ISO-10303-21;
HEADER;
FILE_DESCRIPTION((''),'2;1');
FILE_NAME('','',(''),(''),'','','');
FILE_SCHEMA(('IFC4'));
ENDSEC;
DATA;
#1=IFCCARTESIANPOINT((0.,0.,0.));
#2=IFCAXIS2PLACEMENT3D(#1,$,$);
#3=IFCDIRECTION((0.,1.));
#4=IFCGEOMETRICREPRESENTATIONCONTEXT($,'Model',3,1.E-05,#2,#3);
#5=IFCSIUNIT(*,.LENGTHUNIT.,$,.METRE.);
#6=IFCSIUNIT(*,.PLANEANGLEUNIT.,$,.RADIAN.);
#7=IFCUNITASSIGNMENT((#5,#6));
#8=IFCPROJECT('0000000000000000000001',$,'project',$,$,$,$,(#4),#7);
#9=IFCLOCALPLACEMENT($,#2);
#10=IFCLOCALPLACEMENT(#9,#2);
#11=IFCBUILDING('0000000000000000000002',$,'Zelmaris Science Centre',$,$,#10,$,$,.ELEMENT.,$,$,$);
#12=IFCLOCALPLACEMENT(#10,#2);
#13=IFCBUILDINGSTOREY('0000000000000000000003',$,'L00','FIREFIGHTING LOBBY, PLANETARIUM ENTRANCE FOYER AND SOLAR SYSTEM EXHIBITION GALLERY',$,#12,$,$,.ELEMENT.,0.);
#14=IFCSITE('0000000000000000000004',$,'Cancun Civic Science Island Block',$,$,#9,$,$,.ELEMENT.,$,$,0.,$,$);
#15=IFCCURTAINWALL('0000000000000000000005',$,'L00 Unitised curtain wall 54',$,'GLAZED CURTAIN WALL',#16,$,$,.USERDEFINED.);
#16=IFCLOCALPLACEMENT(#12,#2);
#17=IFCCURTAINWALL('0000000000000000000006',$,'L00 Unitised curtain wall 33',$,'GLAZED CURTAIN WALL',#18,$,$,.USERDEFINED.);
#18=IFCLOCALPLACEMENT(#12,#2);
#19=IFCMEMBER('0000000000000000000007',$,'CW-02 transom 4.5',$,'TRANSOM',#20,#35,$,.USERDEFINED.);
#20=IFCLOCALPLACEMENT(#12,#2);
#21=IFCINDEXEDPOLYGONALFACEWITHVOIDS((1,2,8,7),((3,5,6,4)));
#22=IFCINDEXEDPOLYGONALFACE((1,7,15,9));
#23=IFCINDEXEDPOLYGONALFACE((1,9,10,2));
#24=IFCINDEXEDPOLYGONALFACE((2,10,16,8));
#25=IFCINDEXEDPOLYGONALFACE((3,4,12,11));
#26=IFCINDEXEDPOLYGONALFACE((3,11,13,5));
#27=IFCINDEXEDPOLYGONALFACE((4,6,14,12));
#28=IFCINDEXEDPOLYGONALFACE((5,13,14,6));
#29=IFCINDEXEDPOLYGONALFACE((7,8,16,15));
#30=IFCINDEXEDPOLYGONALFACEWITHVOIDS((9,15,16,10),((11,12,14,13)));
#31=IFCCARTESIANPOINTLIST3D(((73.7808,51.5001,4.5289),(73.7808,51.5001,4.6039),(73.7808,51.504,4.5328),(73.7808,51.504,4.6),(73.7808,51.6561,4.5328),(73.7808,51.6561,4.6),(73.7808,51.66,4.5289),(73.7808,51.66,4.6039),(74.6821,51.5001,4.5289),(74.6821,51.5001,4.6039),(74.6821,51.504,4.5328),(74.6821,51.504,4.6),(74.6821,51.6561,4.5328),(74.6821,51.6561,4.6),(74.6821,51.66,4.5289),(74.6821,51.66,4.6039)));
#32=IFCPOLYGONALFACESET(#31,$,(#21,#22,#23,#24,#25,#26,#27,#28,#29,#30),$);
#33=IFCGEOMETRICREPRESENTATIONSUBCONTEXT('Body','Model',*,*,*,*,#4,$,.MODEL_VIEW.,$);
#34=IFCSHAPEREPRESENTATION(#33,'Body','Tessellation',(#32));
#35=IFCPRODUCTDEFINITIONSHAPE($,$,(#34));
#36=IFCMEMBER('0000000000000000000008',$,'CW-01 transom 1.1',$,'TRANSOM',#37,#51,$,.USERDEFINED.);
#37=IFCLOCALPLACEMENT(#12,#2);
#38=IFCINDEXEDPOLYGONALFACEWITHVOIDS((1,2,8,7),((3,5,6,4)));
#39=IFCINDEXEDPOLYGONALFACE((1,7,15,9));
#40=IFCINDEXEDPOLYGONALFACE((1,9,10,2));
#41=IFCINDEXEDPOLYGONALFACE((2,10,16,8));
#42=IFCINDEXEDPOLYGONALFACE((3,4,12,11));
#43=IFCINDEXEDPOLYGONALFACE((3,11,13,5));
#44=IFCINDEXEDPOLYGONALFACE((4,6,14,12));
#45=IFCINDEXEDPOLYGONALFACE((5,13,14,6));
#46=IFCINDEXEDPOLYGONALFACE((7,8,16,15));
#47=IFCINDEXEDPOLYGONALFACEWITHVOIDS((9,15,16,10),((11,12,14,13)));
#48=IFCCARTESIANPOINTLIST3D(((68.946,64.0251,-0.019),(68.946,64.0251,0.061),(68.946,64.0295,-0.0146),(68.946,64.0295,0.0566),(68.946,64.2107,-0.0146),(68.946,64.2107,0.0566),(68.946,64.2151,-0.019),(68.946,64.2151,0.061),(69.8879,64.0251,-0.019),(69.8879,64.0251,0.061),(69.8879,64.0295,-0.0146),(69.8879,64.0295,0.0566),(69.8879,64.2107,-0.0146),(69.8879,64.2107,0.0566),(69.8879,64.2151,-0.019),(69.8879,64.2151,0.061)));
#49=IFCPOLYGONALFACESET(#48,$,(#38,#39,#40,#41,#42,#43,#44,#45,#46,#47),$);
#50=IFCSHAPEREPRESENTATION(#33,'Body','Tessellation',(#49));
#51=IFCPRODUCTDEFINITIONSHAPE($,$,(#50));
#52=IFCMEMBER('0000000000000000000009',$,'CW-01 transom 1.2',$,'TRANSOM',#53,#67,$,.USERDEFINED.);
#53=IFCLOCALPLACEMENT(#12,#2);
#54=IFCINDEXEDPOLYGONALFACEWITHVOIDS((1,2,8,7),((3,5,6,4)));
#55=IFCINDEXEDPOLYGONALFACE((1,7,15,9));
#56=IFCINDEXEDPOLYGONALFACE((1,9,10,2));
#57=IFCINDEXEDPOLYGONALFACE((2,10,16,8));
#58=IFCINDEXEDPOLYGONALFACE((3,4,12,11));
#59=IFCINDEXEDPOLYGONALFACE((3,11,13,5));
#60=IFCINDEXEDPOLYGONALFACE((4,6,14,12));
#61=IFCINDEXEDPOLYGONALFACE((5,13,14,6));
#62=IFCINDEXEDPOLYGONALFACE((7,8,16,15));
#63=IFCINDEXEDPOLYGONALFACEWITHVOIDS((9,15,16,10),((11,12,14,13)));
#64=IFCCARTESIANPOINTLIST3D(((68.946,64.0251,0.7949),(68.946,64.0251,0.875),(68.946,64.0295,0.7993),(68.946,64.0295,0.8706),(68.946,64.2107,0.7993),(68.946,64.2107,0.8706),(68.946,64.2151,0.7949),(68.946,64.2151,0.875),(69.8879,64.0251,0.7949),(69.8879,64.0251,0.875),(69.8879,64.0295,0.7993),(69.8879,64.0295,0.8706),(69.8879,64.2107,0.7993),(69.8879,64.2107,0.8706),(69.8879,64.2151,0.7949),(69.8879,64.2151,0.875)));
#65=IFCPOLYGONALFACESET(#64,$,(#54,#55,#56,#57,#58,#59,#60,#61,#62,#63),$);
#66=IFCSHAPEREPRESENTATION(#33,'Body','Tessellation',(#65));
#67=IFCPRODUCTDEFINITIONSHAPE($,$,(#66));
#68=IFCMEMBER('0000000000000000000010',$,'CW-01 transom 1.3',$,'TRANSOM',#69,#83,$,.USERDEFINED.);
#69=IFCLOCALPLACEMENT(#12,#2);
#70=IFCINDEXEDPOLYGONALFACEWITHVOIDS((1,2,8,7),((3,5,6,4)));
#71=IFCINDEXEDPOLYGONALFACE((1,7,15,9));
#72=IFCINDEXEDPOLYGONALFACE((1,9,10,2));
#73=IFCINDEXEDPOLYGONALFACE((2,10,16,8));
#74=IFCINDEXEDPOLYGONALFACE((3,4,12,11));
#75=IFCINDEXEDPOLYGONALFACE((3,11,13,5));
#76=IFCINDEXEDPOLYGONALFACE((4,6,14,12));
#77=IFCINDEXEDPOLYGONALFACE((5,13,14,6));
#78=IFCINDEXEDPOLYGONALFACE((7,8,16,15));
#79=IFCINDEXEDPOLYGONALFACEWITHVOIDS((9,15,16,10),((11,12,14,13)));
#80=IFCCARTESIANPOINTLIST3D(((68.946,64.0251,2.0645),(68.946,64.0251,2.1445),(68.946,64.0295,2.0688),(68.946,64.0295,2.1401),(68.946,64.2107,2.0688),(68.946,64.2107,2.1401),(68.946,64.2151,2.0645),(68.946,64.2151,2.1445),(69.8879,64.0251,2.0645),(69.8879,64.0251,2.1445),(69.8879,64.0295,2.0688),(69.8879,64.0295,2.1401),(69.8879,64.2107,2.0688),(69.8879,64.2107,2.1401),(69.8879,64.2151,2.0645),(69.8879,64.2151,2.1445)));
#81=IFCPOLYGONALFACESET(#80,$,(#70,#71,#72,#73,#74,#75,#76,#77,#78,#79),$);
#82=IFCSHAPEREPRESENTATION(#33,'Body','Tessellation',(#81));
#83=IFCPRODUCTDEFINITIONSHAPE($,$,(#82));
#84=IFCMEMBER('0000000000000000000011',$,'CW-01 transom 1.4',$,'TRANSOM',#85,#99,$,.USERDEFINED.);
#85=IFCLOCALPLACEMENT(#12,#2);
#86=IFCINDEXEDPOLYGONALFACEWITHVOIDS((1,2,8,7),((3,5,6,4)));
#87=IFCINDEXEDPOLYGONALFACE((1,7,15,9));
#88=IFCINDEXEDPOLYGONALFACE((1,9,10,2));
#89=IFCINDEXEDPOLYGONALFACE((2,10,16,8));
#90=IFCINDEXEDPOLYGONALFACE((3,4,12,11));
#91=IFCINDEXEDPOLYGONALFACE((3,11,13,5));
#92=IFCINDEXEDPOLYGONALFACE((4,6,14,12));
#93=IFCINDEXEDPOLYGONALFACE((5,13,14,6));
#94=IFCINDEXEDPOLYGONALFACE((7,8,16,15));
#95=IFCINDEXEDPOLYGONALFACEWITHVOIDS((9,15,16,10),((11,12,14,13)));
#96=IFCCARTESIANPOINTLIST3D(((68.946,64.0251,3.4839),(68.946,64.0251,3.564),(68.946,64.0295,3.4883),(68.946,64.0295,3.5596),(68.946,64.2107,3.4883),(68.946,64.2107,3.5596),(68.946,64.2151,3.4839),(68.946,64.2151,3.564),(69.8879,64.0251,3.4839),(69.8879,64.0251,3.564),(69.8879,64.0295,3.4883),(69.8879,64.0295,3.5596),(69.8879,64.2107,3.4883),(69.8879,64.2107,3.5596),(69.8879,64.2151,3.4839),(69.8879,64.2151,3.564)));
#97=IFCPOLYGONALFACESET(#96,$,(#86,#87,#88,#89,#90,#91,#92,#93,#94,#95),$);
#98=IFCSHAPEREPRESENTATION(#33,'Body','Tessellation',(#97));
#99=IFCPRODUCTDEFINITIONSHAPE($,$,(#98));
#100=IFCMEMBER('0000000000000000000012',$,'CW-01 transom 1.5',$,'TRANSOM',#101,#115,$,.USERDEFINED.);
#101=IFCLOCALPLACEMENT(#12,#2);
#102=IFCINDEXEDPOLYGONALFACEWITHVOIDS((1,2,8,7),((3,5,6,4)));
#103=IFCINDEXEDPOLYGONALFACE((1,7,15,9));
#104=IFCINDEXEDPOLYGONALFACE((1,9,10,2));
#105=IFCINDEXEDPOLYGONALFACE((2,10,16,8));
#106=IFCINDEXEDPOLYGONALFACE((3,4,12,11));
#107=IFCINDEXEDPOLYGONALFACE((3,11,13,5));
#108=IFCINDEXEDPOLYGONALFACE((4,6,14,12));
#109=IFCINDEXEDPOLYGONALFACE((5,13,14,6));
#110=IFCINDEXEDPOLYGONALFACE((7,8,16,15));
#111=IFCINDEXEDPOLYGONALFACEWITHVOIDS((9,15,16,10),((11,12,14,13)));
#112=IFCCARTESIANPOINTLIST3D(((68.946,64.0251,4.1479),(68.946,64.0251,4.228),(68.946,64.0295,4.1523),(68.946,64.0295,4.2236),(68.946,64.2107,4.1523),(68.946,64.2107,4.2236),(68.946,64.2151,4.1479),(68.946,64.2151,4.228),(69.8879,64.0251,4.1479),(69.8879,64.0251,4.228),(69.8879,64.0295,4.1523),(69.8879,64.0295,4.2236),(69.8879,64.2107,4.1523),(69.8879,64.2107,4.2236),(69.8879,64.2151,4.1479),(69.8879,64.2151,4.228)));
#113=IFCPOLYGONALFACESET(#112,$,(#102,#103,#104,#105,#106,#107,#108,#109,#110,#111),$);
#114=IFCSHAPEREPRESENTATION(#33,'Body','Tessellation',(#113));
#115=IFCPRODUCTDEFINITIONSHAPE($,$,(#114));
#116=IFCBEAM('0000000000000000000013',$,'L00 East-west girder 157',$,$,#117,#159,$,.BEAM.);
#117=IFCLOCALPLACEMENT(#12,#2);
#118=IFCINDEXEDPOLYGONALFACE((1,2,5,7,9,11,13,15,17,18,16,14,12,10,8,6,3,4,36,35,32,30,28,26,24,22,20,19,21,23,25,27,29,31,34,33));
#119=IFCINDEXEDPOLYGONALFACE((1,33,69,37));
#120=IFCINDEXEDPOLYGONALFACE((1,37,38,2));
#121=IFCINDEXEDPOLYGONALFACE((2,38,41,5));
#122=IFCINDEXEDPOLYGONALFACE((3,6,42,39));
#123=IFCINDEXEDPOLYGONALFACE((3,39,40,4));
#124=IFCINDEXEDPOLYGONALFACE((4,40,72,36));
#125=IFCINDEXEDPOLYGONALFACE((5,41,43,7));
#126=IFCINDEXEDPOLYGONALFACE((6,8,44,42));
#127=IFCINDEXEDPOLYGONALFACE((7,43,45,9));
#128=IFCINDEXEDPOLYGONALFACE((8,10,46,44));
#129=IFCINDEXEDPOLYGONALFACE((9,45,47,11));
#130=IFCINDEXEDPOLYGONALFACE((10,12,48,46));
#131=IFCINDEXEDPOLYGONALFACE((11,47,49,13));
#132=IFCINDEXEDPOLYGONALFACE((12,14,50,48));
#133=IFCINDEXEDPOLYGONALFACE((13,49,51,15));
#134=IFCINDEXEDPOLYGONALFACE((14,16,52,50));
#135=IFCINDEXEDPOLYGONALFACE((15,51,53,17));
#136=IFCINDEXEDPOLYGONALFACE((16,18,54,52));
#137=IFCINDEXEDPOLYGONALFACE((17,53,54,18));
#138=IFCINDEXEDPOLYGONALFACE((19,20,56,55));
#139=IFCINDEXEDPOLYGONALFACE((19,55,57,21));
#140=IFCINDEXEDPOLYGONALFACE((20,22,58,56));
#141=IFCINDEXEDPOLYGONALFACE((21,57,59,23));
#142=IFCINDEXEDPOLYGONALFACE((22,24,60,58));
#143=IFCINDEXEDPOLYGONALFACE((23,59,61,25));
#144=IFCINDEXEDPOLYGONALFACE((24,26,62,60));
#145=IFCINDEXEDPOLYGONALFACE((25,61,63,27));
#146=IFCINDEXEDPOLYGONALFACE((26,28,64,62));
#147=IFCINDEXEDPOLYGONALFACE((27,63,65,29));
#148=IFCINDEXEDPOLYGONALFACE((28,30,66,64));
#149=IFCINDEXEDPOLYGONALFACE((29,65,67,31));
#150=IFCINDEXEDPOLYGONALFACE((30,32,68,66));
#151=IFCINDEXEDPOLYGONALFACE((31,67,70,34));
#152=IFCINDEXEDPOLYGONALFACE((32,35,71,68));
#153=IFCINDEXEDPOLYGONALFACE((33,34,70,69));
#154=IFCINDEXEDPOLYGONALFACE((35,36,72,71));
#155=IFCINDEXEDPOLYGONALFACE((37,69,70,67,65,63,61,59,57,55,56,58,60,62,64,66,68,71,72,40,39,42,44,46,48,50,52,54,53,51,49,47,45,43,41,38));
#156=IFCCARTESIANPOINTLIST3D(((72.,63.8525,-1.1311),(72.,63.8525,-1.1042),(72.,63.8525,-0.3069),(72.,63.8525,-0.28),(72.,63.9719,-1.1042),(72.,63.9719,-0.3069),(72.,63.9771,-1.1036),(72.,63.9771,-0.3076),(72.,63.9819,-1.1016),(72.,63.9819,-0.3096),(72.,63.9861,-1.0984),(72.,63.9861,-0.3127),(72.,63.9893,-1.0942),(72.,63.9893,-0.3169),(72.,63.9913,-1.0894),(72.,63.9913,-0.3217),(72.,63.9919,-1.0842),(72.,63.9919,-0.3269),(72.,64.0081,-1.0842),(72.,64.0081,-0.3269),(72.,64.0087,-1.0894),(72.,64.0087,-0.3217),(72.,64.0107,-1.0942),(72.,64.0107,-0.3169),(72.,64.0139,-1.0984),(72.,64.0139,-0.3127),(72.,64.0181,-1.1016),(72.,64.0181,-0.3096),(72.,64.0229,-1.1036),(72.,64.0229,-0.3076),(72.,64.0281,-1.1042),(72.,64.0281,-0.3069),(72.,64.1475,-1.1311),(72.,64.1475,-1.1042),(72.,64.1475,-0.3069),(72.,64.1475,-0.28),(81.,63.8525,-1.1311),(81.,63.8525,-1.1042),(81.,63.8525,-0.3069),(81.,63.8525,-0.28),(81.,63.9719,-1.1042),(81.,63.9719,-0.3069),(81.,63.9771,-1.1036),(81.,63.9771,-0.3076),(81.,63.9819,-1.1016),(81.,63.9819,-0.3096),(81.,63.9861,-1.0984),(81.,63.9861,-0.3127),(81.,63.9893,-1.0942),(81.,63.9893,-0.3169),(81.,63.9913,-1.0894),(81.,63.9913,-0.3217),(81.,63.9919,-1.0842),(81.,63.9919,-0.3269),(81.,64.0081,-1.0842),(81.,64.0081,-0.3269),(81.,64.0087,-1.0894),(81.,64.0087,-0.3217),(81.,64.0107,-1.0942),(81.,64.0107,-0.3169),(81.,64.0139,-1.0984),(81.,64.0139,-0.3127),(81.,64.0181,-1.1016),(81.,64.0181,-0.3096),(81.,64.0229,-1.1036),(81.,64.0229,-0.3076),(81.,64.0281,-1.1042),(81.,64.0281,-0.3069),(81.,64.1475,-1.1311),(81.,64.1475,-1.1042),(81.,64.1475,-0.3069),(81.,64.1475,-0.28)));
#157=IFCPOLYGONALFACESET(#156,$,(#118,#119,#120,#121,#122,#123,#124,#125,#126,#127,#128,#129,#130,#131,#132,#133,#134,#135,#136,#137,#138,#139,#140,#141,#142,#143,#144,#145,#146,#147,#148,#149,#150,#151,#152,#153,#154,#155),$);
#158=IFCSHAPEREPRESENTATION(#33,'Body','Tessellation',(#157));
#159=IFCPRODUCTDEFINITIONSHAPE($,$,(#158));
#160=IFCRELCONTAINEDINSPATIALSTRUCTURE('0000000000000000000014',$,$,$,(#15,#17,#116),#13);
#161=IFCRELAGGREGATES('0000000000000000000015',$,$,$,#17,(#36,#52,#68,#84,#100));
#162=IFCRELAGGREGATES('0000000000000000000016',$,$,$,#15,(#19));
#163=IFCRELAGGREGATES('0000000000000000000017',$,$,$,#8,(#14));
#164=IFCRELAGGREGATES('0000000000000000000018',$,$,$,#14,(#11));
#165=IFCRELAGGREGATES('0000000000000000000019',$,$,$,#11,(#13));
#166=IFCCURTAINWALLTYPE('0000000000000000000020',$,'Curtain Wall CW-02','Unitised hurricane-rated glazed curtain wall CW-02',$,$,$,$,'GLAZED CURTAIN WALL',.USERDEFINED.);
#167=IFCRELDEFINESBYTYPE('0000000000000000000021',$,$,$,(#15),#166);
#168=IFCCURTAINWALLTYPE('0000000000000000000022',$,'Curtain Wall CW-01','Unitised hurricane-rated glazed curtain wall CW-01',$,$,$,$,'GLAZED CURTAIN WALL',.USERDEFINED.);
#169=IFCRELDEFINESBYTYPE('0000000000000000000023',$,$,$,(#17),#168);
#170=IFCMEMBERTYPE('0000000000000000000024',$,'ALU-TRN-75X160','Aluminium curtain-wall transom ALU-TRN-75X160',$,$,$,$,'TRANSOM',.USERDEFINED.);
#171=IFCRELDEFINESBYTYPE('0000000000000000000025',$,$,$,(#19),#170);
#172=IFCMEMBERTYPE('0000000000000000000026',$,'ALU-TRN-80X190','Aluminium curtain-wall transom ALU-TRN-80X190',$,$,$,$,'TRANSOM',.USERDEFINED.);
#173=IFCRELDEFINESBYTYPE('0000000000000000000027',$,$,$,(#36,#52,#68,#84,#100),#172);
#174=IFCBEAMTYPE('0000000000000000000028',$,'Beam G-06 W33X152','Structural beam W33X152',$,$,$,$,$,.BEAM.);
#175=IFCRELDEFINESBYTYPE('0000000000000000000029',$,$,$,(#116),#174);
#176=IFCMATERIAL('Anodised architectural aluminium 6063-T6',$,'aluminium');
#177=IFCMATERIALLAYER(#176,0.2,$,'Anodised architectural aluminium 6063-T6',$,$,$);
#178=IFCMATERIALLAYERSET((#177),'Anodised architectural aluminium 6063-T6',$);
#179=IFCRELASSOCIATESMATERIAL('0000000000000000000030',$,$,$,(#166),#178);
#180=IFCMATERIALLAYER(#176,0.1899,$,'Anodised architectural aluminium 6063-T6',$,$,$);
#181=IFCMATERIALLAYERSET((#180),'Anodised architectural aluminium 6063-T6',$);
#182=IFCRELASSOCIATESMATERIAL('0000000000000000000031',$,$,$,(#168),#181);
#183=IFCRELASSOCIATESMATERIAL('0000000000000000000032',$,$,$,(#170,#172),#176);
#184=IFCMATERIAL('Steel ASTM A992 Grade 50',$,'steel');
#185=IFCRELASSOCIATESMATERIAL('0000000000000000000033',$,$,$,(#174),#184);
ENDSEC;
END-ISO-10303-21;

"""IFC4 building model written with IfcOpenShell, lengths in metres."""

from ifc_helpers import new_model, si_unit, direction, frame, origin, origin_2d, place, context, subcontext, project, spatial, hollow_rectangle, i_section, extrude, material, layer, layer_set, material_profile, profile_set, type_object, element, aggregate, save


model = new_model("IFC4")

# Units and contexts
model_context = context("Model", 3, precision=1e-05, world=origin(), true_north=direction((0.0, 1.0)))
body_context = subcontext(model_context, "Body", "Model", "MODEL_VIEW")
ifc_project = project(units=[si_unit("LENGTHUNIT", "METRE"), si_unit("PLANEANGLEUNIT", "RADIAN")], contexts=[model_context])

# Site, building, storey
site_placement = place(None, origin())
site = spatial("IfcSite", under=ifc_project, at=site_placement, Name="Cancun Civic Science Island Block", CompositionType="ELEMENT", RefElevation=0.0)
building_placement = place(site_placement, origin())
building = spatial("IfcBuilding", under=site, at=building_placement, Name="Zelmaris Science Centre", CompositionType="ELEMENT")
storey_placement = place(building_placement, origin())
storey = spatial("IfcBuildingStorey", under=building, at=storey_placement, Name="L00", Description="FIREFIGHTING LOBBY, PLANETARIUM ENTRANCE FOYER AND SOLAR SYSTEM EXHIBITION GALLERY", CompositionType="ELEMENT", Elevation=0.0)

# Shared definitions
ifc_material_1 = material(Name="Steel ASTM A992 Grade 50", Category="steel")

# Shared definitions
ifc_material_2 = material(Name="Anodised architectural aluminium 6063-T6", Category="aluminium")

# Curtain wall
ifc_layer_1 = layer(ifc_material_2, 0.2, Name="Anodised architectural aluminium 6063-T6")
ifc_layer_set_1 = layer_set([ifc_layer_1], Name="Anodised architectural aluminium 6063-T6")
curtain_wall_type_1 = type_object("IfcCurtainWallType", Name="Curtain Wall CW-02", Description="Unitised hurricane-rated glazed curtain wall CW-02", ElementType="GLAZED CURTAIN WALL", PredefinedType="USERDEFINED", material=ifc_layer_set_1)
curtain_wall_1_placement = place(storey_placement, origin())
curtain_wall_1 = element("IfcCurtainWall", 1, at=curtain_wall_1_placement, inside=storey, type_object=curtain_wall_type_1, Name="L00 Unitised curtain wall 54", ObjectType="GLAZED CURTAIN WALL", PredefinedType="USERDEFINED")

# Curtain wall
ifc_layer_2 = layer(ifc_material_2, 0.1899, Name="Anodised architectural aluminium 6063-T6")
ifc_layer_set_2 = layer_set([ifc_layer_2], Name="Anodised architectural aluminium 6063-T6")
curtain_wall_type_2 = type_object("IfcCurtainWallType", Name="Curtain Wall CW-01", Description="Unitised hurricane-rated glazed curtain wall CW-01", ElementType="GLAZED CURTAIN WALL", PredefinedType="USERDEFINED", material=ifc_layer_set_2)
curtain_wall_2_placement = place(storey_placement, origin())
curtain_wall_2 = element("IfcCurtainWall", 2, at=curtain_wall_2_placement, inside=storey, type_object=curtain_wall_type_2, Name="L00 Unitised curtain wall 33", ObjectType="GLAZED CURTAIN WALL", PredefinedType="USERDEFINED")

# Members
ifc_material_profile_1 = material_profile(ifc_material_2, hollow_rectangle(XDim=0.075, YDim=0.1599, WallThickness=0.0039, at=origin_2d()), Name="ALU-TRN-75X160")
ifc_profile_set_1 = profile_set([ifc_material_profile_1], Name="Anodised architectural aluminium 6063-T6")
member_type_1 = type_object("IfcMemberType", Name="ALU-TRN-75X160", Description="Aluminium curtain-wall transom ALU-TRN-75X160", ElementType="TRANSOM", PredefinedType="USERDEFINED", material=ifc_profile_set_1)
member_1_placement = place(storey_placement, frame((73.7808, 51.5801, 4.5664), z_axis=(1.0, 0.0, 0.0), x_axis=(0.0, 0.0, 1.0)))
member_1 = element("IfcMember", 3, at=member_1_placement, type_object=member_type_1, Name="CW-02 transom 4.5", ObjectType="TRANSOM", PredefinedType="USERDEFINED", context=body_context, shape_type="SweptSolid", body=[
    extrude(hollow_rectangle(XDim=0.075, YDim=0.1599, WallThickness=0.0039, at=origin_2d()), origin(), (0.0, 0.0, 1.0), 0.9014),
])
ifc_material_profile_2 = material_profile(ifc_material_2, hollow_rectangle(XDim=0.0801, YDim=0.1899, WallThickness=0.0044, at=origin_2d()), Name="ALU-TRN-80X190")
ifc_profile_set_2 = profile_set([ifc_material_profile_2], Name="Anodised architectural aluminium 6063-T6")
member_type_2 = type_object("IfcMemberType", Name="ALU-TRN-80X190", Description="Aluminium curtain-wall transom ALU-TRN-80X190", ElementType="TRANSOM", PredefinedType="USERDEFINED", material=ifc_profile_set_2)
member_2_placement = place(storey_placement, frame((69.8879, 64.1201, 0.021), z_axis=(-1.0, 0.0, 0.0), x_axis=(0.0, 0.0, 1.0)))
member_2 = element("IfcMember", 4, at=member_2_placement, type_object=member_type_2, Name="CW-01 transom 1.1", ObjectType="TRANSOM", PredefinedType="USERDEFINED", context=body_context, shape_type="SweptSolid", body=[
    extrude(hollow_rectangle(XDim=0.0801, YDim=0.1899, WallThickness=0.0044, at=origin_2d()), origin(), (0.0, 0.0, 1.0), 0.9419),
])
member_3_placement = place(storey_placement, frame((69.8879, 64.1201, 0.835), z_axis=(-1.0, 0.0, 0.0), x_axis=(0.0, 0.0, 1.0)))
member_3 = element("IfcMember", 5, at=member_3_placement, type_object=member_type_2, Name="CW-01 transom 1.2", ObjectType="TRANSOM", PredefinedType="USERDEFINED", context=body_context, shape_type="SweptSolid", body=[
    extrude(hollow_rectangle(XDim=0.0801, YDim=0.1899, WallThickness=0.0044, at=origin_2d()), origin(), (0.0, 0.0, 1.0), 0.9419),
])
member_4_placement = place(storey_placement, frame((69.8879, 64.1201, 2.1045), z_axis=(-1.0, 0.0, 0.0), x_axis=(0.0, 0.0, 1.0)))
member_4 = element("IfcMember", 6, at=member_4_placement, type_object=member_type_2, Name="CW-01 transom 1.3", ObjectType="TRANSOM", PredefinedType="USERDEFINED", context=body_context, shape_type="SweptSolid", body=[
    extrude(hollow_rectangle(XDim=0.0801, YDim=0.1899, WallThickness=0.0044, at=origin_2d()), origin(), (0.0, 0.0, 1.0), 0.9419),
])
member_5_placement = place(storey_placement, frame((69.8879, 64.1201, 3.5239), z_axis=(-1.0, 0.0, 0.0), x_axis=(0.0, 0.0, 1.0)))
member_5 = element("IfcMember", 7, at=member_5_placement, type_object=member_type_2, Name="CW-01 transom 1.4", ObjectType="TRANSOM", PredefinedType="USERDEFINED", context=body_context, shape_type="SweptSolid", body=[
    extrude(hollow_rectangle(XDim=0.0801, YDim=0.1899, WallThickness=0.0044, at=origin_2d()), origin(), (0.0, 0.0, 1.0), 0.9419),
])
member_6_placement = place(storey_placement, frame((69.8879, 64.1201, 4.188), z_axis=(-1.0, 0.0, 0.0), x_axis=(0.0, 0.0, 1.0)))
member_6 = element("IfcMember", 8, at=member_6_placement, type_object=member_type_2, Name="CW-01 transom 1.5", ObjectType="TRANSOM", PredefinedType="USERDEFINED", context=body_context, shape_type="SweptSolid", body=[
    extrude(hollow_rectangle(XDim=0.0801, YDim=0.1899, WallThickness=0.0044, at=origin_2d()), origin(), (0.0, 0.0, 1.0), 0.9419),
])

# Beam
ifc_material_profile_3 = material_profile(ifc_material_1, i_section(OverallWidth=0.2949, OverallDepth=0.8511, WebThickness=0.0161, FlangeThickness=0.0269, FilletRadius=0.02, at=origin_2d()), Name="W33X152")
ifc_profile_set_3 = profile_set([ifc_material_profile_3], Name="Steel ASTM A992 Grade 50")
beam_type_1 = type_object("IfcBeamType", Name="Beam G-06 W33X152", Description="Structural beam W33X152", PredefinedType="BEAM", material=ifc_profile_set_3)
beam_1_placement = place(storey_placement, frame((72.0, 64.0, -0.7056), z_axis=(1.0, 0.0, 0.0), x_axis=(0.0, 1.0, 0.0)))
element("IfcBeam", 9, at=beam_1_placement, inside=storey, type_object=beam_type_1, Name="L00 East-west girder 157", PredefinedType="BEAM", context=body_context, shape_type="SweptSolid", body=[
    extrude(i_section(OverallWidth=0.2949, OverallDepth=0.8511, WebThickness=0.0161, FlangeThickness=0.0269, FilletRadius=0.02, at=origin_2d()), origin(), (0.0, 0.0, 1.0), 9.0),
])

aggregate(curtain_wall_2, [member_2, member_3, member_4, member_5, member_6])
aggregate(curtain_wall_1, [member_1])

save(model, "model.ifc")
